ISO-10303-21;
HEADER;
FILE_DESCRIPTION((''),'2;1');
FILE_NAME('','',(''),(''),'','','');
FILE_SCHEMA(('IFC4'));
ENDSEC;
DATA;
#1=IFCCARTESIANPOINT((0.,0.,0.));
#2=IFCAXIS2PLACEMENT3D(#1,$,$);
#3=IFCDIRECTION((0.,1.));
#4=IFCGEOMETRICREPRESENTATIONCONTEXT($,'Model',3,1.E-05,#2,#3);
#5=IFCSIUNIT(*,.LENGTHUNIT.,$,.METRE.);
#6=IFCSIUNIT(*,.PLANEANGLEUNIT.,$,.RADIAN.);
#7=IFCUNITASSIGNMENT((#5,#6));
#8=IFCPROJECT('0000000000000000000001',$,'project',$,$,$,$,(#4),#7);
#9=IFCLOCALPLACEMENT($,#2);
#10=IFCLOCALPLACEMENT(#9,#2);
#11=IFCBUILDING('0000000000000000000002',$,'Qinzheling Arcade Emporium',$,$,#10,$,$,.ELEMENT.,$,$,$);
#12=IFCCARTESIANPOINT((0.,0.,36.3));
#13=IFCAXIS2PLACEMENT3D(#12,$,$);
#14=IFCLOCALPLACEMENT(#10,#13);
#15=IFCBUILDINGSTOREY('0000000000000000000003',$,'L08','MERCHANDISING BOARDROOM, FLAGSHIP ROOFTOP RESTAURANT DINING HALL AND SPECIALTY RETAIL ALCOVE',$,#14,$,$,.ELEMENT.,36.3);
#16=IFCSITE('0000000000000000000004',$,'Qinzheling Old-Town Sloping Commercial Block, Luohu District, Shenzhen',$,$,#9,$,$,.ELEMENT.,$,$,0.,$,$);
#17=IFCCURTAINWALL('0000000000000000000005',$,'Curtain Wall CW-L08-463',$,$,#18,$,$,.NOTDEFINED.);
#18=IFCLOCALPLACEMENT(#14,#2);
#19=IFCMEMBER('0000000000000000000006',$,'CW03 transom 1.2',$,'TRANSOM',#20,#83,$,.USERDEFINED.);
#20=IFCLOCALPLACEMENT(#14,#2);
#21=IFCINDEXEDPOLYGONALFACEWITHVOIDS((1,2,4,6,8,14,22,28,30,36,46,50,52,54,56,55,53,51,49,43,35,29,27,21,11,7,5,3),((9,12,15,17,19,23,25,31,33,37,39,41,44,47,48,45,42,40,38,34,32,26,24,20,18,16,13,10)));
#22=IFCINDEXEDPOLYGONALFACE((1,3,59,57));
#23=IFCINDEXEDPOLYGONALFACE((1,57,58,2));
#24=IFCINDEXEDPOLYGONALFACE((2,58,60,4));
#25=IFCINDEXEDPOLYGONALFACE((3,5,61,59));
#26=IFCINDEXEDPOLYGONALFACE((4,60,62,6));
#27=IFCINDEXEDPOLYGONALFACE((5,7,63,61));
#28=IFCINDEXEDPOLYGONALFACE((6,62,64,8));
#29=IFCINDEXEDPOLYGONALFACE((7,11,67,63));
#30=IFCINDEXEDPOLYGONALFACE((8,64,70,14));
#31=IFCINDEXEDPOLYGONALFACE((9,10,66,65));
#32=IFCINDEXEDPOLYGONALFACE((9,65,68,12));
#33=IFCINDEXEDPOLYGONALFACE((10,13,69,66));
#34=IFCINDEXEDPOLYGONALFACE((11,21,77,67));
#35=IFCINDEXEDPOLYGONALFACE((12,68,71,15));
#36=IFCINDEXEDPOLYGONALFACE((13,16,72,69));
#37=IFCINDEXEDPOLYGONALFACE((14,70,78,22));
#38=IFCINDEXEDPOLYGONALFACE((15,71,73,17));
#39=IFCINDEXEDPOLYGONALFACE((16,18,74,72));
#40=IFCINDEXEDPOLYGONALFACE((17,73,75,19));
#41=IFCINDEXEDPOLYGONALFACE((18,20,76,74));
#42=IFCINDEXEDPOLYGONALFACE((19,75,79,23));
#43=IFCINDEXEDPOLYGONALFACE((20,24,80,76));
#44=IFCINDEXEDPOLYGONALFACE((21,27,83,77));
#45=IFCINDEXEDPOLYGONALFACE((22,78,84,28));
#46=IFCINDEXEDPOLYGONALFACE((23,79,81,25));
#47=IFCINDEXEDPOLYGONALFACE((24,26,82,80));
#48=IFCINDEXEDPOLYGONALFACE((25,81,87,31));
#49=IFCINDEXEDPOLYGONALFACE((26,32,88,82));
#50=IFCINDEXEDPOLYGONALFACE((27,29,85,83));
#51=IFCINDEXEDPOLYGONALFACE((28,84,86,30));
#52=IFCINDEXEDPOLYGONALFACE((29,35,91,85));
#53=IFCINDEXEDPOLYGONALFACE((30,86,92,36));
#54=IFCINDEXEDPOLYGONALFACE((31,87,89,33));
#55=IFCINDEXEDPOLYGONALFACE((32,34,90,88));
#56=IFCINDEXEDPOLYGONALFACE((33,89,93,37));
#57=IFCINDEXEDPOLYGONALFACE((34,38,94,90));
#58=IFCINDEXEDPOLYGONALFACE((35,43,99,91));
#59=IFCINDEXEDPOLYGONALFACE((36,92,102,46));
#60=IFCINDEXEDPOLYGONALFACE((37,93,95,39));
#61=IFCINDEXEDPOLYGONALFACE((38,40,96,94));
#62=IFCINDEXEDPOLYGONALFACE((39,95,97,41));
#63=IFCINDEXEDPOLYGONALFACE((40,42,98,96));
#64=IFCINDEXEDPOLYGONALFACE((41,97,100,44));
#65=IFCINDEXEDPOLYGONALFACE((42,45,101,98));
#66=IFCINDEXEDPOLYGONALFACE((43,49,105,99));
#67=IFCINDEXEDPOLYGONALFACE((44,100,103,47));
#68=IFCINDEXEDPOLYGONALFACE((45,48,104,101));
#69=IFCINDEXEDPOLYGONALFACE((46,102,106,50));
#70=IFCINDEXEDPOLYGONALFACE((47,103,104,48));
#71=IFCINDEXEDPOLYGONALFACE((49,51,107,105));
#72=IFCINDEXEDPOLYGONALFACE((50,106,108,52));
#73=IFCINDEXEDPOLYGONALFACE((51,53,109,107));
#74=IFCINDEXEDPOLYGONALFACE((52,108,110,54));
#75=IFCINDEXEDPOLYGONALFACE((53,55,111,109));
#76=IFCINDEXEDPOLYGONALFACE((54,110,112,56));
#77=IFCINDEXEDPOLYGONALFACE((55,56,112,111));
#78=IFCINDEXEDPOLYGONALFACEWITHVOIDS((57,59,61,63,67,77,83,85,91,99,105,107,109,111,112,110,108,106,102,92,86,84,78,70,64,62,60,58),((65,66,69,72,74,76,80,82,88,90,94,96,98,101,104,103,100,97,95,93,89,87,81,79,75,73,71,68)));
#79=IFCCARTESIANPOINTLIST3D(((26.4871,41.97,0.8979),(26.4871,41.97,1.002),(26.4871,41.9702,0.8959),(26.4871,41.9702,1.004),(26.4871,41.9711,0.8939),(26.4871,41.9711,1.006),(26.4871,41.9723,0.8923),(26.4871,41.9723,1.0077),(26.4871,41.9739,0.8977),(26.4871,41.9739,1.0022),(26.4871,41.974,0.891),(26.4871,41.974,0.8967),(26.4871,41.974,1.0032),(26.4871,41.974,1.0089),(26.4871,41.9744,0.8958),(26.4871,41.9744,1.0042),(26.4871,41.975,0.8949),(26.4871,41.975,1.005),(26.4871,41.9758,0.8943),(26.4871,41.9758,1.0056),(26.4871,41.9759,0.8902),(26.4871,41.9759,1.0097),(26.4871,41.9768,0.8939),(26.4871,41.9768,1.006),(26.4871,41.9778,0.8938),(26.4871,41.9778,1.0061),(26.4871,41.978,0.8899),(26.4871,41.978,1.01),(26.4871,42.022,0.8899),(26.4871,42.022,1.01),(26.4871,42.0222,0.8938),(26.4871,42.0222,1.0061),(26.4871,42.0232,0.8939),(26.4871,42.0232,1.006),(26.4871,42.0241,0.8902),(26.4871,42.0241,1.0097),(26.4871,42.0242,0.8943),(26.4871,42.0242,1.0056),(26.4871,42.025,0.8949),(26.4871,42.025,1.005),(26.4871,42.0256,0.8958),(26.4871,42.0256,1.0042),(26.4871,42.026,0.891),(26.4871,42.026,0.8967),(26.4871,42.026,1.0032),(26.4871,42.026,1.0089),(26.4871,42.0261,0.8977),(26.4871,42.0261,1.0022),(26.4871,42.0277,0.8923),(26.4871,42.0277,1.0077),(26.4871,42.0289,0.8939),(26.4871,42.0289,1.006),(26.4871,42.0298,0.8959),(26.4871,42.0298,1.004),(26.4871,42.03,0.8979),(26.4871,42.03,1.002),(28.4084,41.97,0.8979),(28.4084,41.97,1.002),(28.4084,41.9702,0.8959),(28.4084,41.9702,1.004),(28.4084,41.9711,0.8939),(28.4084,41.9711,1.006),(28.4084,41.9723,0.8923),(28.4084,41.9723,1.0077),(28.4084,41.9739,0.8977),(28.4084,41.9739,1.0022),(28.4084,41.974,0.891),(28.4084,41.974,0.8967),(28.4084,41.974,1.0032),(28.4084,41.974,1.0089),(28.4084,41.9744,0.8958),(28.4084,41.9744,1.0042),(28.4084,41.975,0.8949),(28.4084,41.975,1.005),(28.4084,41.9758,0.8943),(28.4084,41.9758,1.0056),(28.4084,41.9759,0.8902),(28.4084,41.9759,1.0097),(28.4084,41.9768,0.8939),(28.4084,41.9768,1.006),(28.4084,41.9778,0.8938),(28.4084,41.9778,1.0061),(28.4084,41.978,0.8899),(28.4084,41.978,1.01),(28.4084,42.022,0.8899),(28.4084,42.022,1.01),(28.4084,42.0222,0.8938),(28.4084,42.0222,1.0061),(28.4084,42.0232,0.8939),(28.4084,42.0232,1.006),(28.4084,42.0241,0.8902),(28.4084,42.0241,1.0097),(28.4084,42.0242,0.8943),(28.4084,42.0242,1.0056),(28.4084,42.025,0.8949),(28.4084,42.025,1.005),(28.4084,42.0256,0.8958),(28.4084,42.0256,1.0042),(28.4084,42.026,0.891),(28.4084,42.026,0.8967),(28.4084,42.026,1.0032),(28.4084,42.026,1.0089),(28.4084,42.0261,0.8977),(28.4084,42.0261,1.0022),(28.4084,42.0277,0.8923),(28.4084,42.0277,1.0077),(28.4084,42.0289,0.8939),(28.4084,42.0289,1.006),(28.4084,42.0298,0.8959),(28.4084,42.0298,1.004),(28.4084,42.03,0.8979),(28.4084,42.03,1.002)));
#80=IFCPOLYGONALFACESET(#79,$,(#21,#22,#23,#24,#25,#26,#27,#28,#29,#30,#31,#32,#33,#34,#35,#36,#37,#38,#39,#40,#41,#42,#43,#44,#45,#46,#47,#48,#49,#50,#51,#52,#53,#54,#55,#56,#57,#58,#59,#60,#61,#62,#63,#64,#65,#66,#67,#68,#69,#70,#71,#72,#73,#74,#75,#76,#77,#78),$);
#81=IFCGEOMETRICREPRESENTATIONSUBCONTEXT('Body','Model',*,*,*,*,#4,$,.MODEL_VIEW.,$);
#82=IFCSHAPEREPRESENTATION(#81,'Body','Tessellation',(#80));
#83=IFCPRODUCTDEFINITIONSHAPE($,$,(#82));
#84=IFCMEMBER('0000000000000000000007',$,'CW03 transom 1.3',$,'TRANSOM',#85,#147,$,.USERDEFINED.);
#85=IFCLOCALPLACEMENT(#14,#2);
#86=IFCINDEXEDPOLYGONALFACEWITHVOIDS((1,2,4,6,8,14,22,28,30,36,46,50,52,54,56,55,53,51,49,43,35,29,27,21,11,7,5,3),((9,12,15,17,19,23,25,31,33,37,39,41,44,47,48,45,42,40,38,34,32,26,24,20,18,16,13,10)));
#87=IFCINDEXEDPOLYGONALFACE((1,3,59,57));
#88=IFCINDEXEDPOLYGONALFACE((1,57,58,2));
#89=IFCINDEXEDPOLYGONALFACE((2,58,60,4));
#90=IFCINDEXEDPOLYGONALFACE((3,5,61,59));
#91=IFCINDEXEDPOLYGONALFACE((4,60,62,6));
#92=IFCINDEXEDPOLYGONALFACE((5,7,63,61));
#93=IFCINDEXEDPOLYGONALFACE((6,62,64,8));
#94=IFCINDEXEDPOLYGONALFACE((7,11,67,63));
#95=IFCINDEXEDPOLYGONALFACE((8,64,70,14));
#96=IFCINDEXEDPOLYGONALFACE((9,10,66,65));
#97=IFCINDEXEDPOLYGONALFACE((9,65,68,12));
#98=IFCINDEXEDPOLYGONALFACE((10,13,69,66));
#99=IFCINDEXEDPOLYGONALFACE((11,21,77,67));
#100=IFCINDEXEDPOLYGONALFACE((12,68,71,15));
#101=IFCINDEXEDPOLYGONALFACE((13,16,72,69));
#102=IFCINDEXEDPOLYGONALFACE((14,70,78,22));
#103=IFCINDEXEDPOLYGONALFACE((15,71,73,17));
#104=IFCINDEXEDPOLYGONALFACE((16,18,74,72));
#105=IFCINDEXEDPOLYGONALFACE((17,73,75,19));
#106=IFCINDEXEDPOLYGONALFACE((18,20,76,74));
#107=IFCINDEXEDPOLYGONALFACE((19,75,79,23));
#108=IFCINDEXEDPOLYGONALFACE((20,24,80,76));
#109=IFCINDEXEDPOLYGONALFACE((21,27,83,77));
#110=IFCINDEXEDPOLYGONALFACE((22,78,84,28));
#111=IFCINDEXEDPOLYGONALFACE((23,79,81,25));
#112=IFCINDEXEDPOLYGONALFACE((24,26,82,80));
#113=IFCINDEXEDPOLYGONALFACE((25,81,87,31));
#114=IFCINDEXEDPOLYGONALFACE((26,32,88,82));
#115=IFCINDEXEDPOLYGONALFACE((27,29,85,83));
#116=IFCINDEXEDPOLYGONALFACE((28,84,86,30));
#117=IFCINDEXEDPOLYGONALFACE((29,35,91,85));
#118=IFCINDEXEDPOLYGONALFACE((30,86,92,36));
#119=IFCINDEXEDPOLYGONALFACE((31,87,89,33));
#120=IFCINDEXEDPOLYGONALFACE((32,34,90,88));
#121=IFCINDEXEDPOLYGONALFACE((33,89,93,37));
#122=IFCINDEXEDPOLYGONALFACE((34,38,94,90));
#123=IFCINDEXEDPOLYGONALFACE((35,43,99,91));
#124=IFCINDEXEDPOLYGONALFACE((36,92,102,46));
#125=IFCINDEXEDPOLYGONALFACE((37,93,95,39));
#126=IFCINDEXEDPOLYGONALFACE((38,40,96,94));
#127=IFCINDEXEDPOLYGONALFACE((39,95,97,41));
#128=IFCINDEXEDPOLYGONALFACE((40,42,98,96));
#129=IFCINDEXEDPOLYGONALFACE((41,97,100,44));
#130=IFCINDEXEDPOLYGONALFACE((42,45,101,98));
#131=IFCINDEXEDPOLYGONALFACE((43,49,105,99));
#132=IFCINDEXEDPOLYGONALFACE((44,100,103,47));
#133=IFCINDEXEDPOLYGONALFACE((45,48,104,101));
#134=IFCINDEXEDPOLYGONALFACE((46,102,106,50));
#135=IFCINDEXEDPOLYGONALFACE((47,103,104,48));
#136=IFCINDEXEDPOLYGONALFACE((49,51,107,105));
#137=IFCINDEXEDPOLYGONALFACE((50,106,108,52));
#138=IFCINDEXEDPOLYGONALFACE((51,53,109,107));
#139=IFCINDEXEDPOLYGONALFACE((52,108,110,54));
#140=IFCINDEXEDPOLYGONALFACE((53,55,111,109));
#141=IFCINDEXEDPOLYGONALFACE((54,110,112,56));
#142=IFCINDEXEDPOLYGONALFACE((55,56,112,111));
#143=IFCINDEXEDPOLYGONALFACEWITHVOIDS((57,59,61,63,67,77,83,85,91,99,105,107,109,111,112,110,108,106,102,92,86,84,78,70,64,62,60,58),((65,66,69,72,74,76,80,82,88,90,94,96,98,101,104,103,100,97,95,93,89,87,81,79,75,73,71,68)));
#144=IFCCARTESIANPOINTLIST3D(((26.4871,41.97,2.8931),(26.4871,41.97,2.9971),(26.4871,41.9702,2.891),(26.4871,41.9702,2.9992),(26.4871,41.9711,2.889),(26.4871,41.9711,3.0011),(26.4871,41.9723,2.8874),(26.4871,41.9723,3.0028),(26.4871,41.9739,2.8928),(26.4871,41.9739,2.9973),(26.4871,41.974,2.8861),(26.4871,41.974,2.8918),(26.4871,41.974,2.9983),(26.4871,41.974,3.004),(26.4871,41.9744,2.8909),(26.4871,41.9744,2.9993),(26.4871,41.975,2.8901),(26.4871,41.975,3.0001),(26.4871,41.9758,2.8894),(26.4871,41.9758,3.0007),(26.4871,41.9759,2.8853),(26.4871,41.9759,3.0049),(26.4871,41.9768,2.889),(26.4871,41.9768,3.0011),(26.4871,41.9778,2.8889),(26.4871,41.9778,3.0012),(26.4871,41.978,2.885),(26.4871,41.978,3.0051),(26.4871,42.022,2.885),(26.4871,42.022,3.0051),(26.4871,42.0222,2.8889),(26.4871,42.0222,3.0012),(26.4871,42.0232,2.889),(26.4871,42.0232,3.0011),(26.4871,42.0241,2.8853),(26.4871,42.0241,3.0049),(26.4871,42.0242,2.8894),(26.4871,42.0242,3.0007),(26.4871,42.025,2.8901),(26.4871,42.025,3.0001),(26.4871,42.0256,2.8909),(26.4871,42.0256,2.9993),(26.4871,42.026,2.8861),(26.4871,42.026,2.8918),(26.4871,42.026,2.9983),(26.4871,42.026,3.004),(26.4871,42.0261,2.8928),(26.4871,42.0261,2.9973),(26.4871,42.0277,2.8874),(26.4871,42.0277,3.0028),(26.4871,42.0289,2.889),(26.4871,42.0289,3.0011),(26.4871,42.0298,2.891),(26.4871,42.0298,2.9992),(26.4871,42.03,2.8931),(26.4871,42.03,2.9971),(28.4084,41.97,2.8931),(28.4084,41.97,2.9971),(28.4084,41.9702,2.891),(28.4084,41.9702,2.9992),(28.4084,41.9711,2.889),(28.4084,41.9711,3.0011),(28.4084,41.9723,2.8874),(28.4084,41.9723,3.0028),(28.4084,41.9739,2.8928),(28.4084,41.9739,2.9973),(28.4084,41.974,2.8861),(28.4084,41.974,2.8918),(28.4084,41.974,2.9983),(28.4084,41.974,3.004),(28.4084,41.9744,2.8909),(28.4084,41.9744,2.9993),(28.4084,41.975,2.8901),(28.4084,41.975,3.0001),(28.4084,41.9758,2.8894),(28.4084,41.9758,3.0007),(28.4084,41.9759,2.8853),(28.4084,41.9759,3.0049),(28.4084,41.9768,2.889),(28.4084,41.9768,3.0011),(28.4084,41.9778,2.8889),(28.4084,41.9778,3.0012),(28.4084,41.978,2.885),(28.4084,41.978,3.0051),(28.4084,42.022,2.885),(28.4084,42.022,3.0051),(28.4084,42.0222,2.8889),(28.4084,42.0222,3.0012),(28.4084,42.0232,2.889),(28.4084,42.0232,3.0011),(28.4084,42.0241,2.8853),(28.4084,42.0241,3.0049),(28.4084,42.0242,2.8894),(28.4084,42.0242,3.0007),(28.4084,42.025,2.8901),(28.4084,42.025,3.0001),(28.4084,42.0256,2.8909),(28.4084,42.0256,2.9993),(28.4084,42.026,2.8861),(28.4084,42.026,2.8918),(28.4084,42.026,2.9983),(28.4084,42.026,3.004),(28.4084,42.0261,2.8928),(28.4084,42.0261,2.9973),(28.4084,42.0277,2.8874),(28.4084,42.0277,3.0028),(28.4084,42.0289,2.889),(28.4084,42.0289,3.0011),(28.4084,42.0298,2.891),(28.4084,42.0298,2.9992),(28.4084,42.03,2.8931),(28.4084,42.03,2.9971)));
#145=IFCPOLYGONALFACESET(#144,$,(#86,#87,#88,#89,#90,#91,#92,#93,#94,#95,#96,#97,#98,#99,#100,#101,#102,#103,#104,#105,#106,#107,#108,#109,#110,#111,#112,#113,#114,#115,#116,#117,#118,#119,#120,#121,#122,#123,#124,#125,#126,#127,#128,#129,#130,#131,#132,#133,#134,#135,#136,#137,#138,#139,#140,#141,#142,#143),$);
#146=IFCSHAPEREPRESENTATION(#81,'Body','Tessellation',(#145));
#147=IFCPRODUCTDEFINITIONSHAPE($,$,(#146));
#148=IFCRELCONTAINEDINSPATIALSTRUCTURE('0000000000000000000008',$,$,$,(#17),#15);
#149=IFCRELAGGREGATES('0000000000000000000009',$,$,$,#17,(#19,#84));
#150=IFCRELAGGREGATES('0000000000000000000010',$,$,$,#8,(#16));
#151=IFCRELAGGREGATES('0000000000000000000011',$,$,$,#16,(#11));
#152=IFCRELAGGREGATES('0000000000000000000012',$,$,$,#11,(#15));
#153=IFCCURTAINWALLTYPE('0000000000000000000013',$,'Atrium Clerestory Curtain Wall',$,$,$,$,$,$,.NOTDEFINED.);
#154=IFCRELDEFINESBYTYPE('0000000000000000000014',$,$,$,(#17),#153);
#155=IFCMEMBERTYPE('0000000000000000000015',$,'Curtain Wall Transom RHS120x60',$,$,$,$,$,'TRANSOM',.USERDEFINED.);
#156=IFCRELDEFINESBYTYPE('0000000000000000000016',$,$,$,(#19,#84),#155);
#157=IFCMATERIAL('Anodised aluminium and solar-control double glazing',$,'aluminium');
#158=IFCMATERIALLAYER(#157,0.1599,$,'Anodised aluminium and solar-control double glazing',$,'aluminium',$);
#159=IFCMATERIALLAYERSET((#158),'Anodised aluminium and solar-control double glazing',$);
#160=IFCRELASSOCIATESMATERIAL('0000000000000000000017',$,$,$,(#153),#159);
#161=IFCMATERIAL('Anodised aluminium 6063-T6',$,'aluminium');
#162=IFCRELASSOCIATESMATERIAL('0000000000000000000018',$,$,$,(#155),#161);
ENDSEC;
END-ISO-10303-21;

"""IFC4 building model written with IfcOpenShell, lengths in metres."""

from ifc_helpers import new_model, si_unit, direction, frame, origin, origin_2d, place, context, subcontext, project, spatial, hollow_rectangle, extrude, material, layer, layer_set, material_profile, profile_set, type_object, element, aggregate, save


model = new_model("IFC4")

# Units and contexts
model_context = context("Model", 3, precision=1e-05, world=origin(), true_north=direction((0.0, 1.0)))
body_context = subcontext(model_context, "Body", "Model", "MODEL_VIEW")
ifc_project = project(units=[si_unit("LENGTHUNIT", "METRE"), si_unit("PLANEANGLEUNIT", "RADIAN")], contexts=[model_context])

# Site, building, storey
site_placement = place(None, origin())
site = spatial("IfcSite", under=ifc_project, at=site_placement, Name="Qinzheling Old-Town Sloping Commercial Block, Luohu District, Shenzhen", CompositionType="ELEMENT", RefElevation=0.0)
building_placement = place(site_placement, origin())
building = spatial("IfcBuilding", under=site, at=building_placement, Name="Qinzheling Arcade Emporium", CompositionType="ELEMENT")
storey_placement = place(building_placement, frame((0.0, 0.0, 36.3)))
storey = spatial("IfcBuildingStorey", under=building, at=storey_placement, Name="L08", Description="MERCHANDISING BOARDROOM, FLAGSHIP ROOFTOP RESTAURANT DINING HALL AND SPECIALTY RETAIL ALCOVE", CompositionType="ELEMENT", Elevation=36.3)

# Curtain wall, members
ifc_material_1 = material(Name="Anodised aluminium and solar-control double glazing", Category="aluminium")
ifc_layer_1 = layer(ifc_material_1, 0.1599, Name="Anodised aluminium and solar-control double glazing", Category="aluminium")
ifc_layer_set_1 = layer_set([ifc_layer_1], Name="Anodised aluminium and solar-control double glazing")
curtain_wall_type = type_object("IfcCurtainWallType", Name="Atrium Clerestory Curtain Wall", PredefinedType="NOTDEFINED", material=ifc_layer_set_1)
curtain_wall_placement = place(storey_placement, origin())
curtain_wall = element("IfcCurtainWall", 1, at=curtain_wall_placement, inside=storey, type_object=curtain_wall_type, Name="Curtain Wall CW-L08-463", PredefinedType="NOTDEFINED")
ifc_material_2 = material(Name="Anodised aluminium 6063-T6", Category="aluminium")
ifc_material_profile_1 = material_profile(ifc_material_2, hollow_rectangle(XDim=0.0601, YDim=0.1201, WallThickness=0.0039, InnerFilletRadius=0.0039, OuterFilletRadius=0.0081, at=origin_2d()), Name="RHS 120x60x4", Category="aluminium")
ifc_profile_set_1 = profile_set([ifc_material_profile_1], Name="Anodised aluminium 6063-T6")
member_type_1 = type_object("IfcMemberType", Name="Curtain Wall Transom RHS120x60", ElementType="TRANSOM", PredefinedType="USERDEFINED", material=ifc_profile_set_1)
member_1_placement = place(storey_placement, frame((26.4871, 42.0, 0.95), z_axis=(1.0, 0.0, 0.0), x_axis=(0.0, 1.0, 0.0)))
member_1 = element("IfcMember", 2, at=member_1_placement, type_object=member_type_1, Name="CW03 transom 1.2", ObjectType="TRANSOM", PredefinedType="USERDEFINED", context=body_context, shape_type="SweptSolid", body=[
    extrude(hollow_rectangle(XDim=0.0601, YDim=0.1201, WallThickness=0.0039, InnerFilletRadius=0.0039, OuterFilletRadius=0.0081, at=origin_2d()), origin(), (0.0, 0.0, 1.0), 1.9214),
])
member_2_placement = place(storey_placement, frame((26.4871, 42.0, 2.9451), z_axis=(1.0, 0.0, 0.0), x_axis=(0.0, 1.0, 0.0)))
member_2 = element("IfcMember", 3, at=member_2_placement, type_object=member_type_1, Name="CW03 transom 1.3", ObjectType="TRANSOM", PredefinedType="USERDEFINED", context=body_context, shape_type="SweptSolid", body=[
    extrude(hollow_rectangle(XDim=0.0601, YDim=0.1201, WallThickness=0.0039, InnerFilletRadius=0.0039, OuterFilletRadius=0.0081, at=origin_2d()), origin(), (0.0, 0.0, 1.0), 1.9214),
])

aggregate(curtain_wall, [member_1, member_2])

save(model, "model.ifc")
